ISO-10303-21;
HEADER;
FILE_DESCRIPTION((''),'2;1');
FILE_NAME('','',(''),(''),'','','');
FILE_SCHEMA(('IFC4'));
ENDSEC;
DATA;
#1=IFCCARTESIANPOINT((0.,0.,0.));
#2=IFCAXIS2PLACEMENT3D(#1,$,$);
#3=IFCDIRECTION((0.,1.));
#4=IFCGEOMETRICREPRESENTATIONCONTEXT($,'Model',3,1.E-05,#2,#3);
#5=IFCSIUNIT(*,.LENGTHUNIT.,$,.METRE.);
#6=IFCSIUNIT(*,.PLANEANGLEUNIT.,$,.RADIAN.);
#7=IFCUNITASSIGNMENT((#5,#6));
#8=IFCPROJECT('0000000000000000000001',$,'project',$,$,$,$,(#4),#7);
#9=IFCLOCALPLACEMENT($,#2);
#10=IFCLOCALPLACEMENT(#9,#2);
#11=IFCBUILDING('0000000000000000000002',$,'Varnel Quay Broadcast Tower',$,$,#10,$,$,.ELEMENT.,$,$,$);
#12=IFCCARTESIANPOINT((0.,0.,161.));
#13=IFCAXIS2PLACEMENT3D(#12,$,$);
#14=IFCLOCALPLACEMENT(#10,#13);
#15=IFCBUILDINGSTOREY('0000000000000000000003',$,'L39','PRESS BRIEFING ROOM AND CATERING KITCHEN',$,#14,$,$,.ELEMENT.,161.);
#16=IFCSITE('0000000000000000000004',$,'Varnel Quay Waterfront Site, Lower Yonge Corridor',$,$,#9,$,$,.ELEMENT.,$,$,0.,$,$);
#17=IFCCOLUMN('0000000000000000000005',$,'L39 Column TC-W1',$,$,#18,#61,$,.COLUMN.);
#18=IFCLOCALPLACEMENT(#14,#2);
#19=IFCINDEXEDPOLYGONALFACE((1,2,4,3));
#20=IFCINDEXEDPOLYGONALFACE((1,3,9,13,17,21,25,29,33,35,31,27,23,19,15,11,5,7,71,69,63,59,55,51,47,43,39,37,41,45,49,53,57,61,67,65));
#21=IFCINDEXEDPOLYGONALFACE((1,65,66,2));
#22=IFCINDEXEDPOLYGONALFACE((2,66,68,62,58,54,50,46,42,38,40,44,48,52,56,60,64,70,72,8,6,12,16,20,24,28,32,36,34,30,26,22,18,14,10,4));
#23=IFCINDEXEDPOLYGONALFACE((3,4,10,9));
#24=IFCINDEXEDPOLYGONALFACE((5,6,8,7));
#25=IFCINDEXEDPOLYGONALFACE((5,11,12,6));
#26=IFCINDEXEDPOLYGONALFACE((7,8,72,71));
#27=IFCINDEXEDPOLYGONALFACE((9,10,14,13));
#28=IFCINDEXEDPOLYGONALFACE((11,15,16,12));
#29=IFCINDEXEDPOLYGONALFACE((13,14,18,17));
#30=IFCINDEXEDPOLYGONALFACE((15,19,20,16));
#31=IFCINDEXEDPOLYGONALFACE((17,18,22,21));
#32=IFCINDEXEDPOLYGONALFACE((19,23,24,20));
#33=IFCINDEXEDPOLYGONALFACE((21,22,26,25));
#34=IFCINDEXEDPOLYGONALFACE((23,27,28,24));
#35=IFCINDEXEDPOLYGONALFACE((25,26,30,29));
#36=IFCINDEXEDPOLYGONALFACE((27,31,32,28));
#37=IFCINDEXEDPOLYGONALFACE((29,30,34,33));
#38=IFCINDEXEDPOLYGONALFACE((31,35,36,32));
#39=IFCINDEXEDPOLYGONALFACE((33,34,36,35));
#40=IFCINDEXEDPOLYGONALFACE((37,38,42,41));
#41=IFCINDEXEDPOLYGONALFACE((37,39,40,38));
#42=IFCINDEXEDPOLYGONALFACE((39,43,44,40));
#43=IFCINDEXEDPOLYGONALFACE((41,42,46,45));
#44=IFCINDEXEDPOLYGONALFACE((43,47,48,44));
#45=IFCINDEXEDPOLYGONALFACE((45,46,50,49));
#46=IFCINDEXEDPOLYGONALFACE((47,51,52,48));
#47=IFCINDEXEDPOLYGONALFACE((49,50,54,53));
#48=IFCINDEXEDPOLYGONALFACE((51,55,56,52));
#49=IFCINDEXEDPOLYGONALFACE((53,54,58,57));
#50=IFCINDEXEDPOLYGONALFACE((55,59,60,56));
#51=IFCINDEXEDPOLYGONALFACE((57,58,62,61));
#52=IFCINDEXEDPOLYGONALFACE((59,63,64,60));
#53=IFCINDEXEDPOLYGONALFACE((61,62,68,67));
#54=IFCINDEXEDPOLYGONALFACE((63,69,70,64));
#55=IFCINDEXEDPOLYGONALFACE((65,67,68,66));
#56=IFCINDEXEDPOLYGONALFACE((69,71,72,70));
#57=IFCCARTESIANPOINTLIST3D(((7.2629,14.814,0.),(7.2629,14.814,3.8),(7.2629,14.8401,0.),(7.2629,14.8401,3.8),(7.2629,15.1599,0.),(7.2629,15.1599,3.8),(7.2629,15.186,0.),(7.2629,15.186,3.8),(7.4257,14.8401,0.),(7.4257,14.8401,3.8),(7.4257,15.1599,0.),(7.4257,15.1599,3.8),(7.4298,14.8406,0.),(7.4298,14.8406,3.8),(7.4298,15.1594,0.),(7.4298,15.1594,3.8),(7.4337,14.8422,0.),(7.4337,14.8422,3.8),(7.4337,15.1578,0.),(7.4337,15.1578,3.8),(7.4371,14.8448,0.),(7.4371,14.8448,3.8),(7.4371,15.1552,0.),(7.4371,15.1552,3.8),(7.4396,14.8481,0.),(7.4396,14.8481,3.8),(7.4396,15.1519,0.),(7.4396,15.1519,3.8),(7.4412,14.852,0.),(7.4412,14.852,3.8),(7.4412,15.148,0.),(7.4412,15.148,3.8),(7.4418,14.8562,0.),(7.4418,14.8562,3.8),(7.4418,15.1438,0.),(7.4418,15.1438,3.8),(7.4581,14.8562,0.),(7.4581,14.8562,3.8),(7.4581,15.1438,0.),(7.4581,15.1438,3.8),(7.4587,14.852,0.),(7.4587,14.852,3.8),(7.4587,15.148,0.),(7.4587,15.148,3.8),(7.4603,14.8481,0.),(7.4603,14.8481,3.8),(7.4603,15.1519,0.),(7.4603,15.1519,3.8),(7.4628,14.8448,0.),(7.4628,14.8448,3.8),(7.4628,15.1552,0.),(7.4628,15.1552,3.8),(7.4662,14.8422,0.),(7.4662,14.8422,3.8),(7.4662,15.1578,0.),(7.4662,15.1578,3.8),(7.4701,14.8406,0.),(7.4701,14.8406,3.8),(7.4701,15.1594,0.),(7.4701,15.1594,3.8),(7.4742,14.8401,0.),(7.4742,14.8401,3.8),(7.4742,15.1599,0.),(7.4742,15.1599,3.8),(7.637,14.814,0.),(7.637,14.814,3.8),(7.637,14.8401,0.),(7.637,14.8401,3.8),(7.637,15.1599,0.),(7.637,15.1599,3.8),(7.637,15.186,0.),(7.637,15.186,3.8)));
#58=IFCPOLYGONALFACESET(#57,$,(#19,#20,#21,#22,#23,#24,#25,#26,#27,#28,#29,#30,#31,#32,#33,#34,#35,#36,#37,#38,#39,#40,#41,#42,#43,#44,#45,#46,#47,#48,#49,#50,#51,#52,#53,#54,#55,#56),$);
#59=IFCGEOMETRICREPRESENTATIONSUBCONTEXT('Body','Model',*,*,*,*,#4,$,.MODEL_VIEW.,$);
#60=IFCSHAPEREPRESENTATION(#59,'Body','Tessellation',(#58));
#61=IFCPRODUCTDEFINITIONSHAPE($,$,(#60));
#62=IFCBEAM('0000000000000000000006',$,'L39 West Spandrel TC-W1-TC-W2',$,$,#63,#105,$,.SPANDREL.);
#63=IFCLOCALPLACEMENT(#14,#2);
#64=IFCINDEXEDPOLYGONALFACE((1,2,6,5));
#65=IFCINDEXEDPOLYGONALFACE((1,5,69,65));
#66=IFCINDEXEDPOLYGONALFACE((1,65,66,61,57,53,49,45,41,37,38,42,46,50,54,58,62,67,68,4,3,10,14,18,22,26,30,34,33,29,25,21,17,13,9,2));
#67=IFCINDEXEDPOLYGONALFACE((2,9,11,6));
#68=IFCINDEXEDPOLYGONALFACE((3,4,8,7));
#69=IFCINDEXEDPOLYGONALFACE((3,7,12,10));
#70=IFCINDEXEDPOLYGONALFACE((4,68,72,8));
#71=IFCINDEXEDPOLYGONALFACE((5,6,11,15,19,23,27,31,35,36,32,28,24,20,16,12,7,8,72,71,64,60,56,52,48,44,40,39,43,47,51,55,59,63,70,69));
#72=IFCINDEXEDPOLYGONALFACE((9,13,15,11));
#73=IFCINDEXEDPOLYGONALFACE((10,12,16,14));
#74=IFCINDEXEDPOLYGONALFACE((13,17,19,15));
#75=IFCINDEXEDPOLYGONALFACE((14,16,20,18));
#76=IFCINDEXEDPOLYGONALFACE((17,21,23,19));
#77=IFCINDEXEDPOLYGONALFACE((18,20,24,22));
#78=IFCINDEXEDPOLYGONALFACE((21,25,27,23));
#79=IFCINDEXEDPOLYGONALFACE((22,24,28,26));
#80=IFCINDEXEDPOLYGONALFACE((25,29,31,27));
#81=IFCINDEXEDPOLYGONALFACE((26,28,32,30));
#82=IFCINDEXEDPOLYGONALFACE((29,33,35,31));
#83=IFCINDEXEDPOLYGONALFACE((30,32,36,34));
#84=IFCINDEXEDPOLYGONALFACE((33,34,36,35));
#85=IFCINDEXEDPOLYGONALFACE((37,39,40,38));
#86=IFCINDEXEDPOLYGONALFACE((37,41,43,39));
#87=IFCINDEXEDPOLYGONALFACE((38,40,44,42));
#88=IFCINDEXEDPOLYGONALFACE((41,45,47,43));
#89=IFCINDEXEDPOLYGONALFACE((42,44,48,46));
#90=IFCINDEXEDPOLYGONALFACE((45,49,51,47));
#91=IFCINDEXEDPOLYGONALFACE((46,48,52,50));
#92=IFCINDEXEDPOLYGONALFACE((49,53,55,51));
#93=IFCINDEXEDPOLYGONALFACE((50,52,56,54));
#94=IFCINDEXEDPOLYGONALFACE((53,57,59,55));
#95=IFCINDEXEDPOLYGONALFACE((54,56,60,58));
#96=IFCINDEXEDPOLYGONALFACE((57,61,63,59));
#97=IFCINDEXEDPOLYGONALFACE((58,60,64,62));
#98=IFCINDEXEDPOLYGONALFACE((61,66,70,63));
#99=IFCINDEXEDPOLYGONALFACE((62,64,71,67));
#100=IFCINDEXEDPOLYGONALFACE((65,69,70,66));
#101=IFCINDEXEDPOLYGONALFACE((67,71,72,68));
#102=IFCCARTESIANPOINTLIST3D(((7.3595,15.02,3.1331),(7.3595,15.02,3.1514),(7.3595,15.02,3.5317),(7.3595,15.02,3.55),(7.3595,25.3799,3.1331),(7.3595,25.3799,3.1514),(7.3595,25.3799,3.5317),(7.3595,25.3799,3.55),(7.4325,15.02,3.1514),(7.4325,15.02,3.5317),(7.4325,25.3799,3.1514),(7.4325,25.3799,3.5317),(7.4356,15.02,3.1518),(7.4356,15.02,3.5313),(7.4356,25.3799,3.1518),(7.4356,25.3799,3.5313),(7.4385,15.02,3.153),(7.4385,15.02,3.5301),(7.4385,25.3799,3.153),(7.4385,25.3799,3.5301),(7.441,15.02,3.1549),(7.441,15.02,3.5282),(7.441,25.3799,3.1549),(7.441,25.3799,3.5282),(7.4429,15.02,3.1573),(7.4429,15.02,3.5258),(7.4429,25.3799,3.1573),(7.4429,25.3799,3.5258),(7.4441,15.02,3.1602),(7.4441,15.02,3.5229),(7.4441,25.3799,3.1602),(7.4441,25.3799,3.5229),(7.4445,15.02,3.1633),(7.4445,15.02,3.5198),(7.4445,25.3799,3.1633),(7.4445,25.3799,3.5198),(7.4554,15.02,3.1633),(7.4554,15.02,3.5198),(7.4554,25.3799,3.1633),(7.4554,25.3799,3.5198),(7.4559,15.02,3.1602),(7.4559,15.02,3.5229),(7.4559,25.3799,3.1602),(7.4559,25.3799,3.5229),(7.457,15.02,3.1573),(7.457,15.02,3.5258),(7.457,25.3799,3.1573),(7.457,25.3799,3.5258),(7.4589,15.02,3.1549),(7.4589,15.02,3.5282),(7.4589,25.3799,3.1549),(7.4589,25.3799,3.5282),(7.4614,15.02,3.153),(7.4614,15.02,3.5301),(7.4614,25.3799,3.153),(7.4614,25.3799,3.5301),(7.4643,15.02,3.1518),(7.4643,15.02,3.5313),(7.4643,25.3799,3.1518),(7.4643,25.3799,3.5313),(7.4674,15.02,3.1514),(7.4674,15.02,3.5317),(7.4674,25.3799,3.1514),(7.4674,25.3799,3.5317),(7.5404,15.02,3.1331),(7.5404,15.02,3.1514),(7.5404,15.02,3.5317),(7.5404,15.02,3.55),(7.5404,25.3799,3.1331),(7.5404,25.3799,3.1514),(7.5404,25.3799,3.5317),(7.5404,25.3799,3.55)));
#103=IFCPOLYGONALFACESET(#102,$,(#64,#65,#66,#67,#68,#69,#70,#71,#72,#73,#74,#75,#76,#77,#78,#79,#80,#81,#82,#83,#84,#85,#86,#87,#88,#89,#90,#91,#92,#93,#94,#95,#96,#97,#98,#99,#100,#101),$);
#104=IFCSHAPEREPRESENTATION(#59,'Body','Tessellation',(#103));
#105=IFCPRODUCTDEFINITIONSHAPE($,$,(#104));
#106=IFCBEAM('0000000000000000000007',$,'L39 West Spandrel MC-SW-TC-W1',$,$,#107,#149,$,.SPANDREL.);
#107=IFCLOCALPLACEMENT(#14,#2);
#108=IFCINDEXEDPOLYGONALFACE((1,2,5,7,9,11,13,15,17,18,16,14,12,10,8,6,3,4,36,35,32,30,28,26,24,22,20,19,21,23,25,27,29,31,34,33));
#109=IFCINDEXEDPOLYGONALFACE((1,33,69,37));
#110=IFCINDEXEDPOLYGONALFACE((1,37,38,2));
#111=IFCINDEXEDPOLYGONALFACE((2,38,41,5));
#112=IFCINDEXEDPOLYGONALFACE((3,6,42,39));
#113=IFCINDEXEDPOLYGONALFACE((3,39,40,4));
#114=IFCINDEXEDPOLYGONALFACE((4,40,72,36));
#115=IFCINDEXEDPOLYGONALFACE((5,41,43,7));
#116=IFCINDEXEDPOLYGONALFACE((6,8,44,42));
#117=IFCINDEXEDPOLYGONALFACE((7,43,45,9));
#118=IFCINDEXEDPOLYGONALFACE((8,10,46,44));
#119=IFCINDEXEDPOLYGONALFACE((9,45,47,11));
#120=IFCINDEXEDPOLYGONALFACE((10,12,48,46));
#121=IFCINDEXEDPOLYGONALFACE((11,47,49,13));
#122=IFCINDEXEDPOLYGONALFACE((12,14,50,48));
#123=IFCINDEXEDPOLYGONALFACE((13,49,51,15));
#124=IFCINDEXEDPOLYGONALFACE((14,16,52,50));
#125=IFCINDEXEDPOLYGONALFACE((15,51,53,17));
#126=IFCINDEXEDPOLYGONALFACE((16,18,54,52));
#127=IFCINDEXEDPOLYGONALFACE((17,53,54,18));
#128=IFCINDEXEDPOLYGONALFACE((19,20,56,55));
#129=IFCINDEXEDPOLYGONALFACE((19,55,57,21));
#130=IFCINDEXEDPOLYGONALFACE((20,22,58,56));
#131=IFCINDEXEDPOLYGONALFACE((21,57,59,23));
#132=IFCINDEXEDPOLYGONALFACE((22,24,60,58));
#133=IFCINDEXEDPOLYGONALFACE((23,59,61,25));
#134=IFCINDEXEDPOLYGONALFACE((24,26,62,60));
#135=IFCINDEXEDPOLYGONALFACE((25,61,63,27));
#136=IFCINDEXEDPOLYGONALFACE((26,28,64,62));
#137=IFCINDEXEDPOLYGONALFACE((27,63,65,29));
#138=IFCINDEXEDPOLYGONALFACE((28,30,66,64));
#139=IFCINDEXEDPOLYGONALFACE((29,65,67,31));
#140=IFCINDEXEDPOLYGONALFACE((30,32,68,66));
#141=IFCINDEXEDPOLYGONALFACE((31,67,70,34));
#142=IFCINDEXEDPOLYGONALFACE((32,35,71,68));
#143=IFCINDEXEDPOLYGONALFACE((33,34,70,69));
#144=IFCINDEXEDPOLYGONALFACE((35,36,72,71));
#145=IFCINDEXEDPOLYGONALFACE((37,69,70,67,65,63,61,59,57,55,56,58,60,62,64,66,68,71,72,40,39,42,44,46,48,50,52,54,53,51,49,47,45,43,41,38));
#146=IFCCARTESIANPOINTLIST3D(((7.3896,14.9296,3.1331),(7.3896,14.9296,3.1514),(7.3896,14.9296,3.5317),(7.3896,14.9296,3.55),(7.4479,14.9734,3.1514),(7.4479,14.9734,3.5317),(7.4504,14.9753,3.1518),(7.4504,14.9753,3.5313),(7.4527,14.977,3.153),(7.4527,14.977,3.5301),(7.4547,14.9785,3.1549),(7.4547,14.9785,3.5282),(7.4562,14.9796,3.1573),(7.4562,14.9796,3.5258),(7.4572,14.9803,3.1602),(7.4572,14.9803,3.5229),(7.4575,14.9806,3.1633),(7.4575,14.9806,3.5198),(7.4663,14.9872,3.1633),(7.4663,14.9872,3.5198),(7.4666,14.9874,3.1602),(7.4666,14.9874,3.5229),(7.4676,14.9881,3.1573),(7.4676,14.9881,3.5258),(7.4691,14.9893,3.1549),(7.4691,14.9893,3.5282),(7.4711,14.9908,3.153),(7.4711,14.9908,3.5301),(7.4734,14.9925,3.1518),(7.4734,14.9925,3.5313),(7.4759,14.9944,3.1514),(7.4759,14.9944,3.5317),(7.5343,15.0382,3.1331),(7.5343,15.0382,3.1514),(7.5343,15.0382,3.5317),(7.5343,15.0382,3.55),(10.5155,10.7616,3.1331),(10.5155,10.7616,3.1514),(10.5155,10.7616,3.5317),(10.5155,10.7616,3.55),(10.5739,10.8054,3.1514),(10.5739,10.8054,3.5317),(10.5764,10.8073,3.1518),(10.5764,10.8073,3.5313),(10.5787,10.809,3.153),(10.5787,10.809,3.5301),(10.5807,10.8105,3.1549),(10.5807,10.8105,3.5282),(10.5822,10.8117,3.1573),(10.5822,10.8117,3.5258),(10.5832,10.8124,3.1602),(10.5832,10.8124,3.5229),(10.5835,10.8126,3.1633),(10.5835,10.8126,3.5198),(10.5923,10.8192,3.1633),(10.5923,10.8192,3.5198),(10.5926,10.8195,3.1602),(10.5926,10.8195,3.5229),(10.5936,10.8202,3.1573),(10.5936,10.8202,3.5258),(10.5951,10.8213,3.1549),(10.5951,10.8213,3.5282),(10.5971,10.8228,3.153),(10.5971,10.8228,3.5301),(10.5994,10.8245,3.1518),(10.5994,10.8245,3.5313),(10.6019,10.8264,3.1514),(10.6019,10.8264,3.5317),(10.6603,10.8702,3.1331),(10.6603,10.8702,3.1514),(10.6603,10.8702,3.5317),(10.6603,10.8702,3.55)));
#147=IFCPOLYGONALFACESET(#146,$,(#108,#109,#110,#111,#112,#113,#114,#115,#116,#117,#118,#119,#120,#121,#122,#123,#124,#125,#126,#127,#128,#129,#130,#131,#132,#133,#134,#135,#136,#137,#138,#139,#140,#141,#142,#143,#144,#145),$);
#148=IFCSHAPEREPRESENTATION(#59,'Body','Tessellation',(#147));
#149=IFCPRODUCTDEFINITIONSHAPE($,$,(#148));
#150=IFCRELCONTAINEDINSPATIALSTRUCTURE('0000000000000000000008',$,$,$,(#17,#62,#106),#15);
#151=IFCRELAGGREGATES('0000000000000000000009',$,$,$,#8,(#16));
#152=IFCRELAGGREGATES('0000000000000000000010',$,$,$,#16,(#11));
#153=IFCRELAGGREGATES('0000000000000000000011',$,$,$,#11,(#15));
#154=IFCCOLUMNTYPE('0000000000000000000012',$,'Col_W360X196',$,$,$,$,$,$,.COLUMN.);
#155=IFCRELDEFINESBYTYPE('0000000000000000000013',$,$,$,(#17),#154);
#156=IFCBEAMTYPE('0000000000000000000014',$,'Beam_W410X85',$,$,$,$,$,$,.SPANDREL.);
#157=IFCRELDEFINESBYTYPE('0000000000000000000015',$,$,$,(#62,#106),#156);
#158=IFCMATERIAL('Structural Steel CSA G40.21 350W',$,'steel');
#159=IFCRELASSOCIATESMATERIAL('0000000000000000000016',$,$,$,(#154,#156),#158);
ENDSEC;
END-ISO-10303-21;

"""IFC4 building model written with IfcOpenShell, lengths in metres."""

from ifc_helpers import new_model, si_unit, direction, frame, origin, origin_2d, place, context, subcontext, project, spatial, i_section, extrude, source, transform, mapped, material, material_profile, profile_set, type_object, type_shapes, element, save


model = new_model("IFC4")

# Units and contexts
model_context = context("Model", 3, precision=1e-05, world=origin(), true_north=direction((0.0, 1.0)))
body_context = subcontext(model_context, "Body", "Model", "MODEL_VIEW")
ifc_project = project(units=[si_unit("LENGTHUNIT", "METRE"), si_unit("PLANEANGLEUNIT", "RADIAN")], contexts=[model_context])

# Site, building, storey
site_placement = place(None, origin())
site = spatial("IfcSite", under=ifc_project, at=site_placement, Name="Varnel Quay Waterfront Site, Lower Yonge Corridor", CompositionType="ELEMENT", RefElevation=0.0)
building_placement = place(site_placement, origin())
building = spatial("IfcBuilding", under=site, at=building_placement, Name="Varnel Quay Broadcast Tower", CompositionType="ELEMENT")
storey_placement = place(building_placement, frame((0.0, 0.0, 161.0)))
storey = spatial("IfcBuildingStorey", under=building, at=storey_placement, Name="L39", Description="PRESS BRIEFING ROOM AND CATERING KITCHEN", CompositionType="ELEMENT", Elevation=161.0)

# Column
ifc_material_1 = material(Name="Structural Steel CSA G40.21 350W", Category="steel")
ifc_material_profile_1 = material_profile(ifc_material_1, i_section(OverallWidth=0.374, OverallDepth=0.3721, WebThickness=0.0164, FlangeThickness=0.0261, FilletRadius=0.0161, at=origin_2d()), Name="W360X196")
ifc_profile_set_1 = profile_set([ifc_material_profile_1], Name="Structural Steel CSA G40.21 350W")
column_type = type_object("IfcColumnType", Name="Col_W360X196", PredefinedType="COLUMN", material=ifc_profile_set_1)
shared_shape_1 = source(origin(), body_context, "Body", "SweptSolid", [
    extrude(i_section(OverallWidth=0.374, OverallDepth=0.3721, WebThickness=0.0164, FlangeThickness=0.0261, FilletRadius=0.0161, at=origin_2d()), origin(), (0.0, 0.0, 1.0), 3.8),
])
type_shapes(column_type, [shared_shape_1])
column_placement = place(storey_placement, frame((7.45, 15.0, 0.0), z_axis=(0.0, 0.0, 1.0), x_axis=(1.0, 0.0, 0.0)))
element("IfcColumn", 1, at=column_placement, inside=storey, type_object=column_type, Name="L39 Column TC-W1", PredefinedType="COLUMN", context=body_context, shape_type="MappedRepresentation", body=[
    mapped(shared_shape_1, transform((0.0, 0.0, 0.0), x_axis=(1.0, 0.0, 0.0), y_axis=(0.0, 1.0, 0.0), z_axis=(0.0, 0.0, 1.0), scale=1.0)),
])

# Beams
ifc_material_profile_2 = material_profile(ifc_material_1, i_section(OverallWidth=0.1809, OverallDepth=0.417, WebThickness=0.011, FlangeThickness=0.0183, FilletRadius=0.012, at=origin_2d()), Name="W410X85")
ifc_profile_set_2 = profile_set([ifc_material_profile_2], Name="Structural Steel CSA G40.21 350W")
beam_type_1 = type_object("IfcBeamType", Name="Beam_W410X85", PredefinedType="SPANDREL", material=ifc_profile_set_2)
shared_shape_2 = source(origin(), body_context, "Body", "SweptSolid", [
    extrude(i_section(OverallWidth=0.1809, OverallDepth=0.417, WebThickness=0.011, FlangeThickness=0.0183, FilletRadius=0.012, at=origin_2d()), origin(), (0.0, 0.0, 1.0), 10.3599),
])
beam_1_placement = place(storey_placement, frame((7.45, 15.02, 3.3416), z_axis=(0.0, 1.0, 0.0), x_axis=(-1.0, 0.0, 0.0)))
element("IfcBeam", 2, at=beam_1_placement, inside=storey, type_object=beam_type_1, Name="L39 West Spandrel TC-W1-TC-W2", PredefinedType="SPANDREL", context=body_context, shape_type="MappedRepresentation", body=[
    mapped(shared_shape_2, transform((0.0, 0.0, 0.0), x_axis=(1.0, 0.0, 0.0), y_axis=(0.0, 1.0, 0.0), z_axis=(0.0, 0.0, 1.0), scale=1.0)),
])
shared_shape_3 = source(origin(), body_context, "Body", "SweptSolid", [
    extrude(i_section(OverallWidth=0.1809, OverallDepth=0.417, WebThickness=0.011, FlangeThickness=0.0183, FilletRadius=0.012, at=origin_2d()), origin(), (0.0, 0.0, 1.0), 5.21),
])
type_shapes(beam_type_1, [shared_shape_2, shared_shape_3])
beam_2_placement = place(storey_placement, frame((10.5879, 10.8159, 3.3416), z_axis=(-0.6, 0.8, 0.0), x_axis=(-0.8, -0.6, 0.0)))
element("IfcBeam", 3, at=beam_2_placement, inside=storey, type_object=beam_type_1, Name="L39 West Spandrel MC-SW-TC-W1", PredefinedType="SPANDREL", context=body_context, shape_type="MappedRepresentation", body=[
    mapped(shared_shape_3, transform((0.0, 0.0, 0.0), x_axis=(1.0, 0.0, 0.0), y_axis=(0.0, 1.0, 0.0), z_axis=(0.0, 0.0, 1.0), scale=1.0)),
])

save(model, "model.ifc")
